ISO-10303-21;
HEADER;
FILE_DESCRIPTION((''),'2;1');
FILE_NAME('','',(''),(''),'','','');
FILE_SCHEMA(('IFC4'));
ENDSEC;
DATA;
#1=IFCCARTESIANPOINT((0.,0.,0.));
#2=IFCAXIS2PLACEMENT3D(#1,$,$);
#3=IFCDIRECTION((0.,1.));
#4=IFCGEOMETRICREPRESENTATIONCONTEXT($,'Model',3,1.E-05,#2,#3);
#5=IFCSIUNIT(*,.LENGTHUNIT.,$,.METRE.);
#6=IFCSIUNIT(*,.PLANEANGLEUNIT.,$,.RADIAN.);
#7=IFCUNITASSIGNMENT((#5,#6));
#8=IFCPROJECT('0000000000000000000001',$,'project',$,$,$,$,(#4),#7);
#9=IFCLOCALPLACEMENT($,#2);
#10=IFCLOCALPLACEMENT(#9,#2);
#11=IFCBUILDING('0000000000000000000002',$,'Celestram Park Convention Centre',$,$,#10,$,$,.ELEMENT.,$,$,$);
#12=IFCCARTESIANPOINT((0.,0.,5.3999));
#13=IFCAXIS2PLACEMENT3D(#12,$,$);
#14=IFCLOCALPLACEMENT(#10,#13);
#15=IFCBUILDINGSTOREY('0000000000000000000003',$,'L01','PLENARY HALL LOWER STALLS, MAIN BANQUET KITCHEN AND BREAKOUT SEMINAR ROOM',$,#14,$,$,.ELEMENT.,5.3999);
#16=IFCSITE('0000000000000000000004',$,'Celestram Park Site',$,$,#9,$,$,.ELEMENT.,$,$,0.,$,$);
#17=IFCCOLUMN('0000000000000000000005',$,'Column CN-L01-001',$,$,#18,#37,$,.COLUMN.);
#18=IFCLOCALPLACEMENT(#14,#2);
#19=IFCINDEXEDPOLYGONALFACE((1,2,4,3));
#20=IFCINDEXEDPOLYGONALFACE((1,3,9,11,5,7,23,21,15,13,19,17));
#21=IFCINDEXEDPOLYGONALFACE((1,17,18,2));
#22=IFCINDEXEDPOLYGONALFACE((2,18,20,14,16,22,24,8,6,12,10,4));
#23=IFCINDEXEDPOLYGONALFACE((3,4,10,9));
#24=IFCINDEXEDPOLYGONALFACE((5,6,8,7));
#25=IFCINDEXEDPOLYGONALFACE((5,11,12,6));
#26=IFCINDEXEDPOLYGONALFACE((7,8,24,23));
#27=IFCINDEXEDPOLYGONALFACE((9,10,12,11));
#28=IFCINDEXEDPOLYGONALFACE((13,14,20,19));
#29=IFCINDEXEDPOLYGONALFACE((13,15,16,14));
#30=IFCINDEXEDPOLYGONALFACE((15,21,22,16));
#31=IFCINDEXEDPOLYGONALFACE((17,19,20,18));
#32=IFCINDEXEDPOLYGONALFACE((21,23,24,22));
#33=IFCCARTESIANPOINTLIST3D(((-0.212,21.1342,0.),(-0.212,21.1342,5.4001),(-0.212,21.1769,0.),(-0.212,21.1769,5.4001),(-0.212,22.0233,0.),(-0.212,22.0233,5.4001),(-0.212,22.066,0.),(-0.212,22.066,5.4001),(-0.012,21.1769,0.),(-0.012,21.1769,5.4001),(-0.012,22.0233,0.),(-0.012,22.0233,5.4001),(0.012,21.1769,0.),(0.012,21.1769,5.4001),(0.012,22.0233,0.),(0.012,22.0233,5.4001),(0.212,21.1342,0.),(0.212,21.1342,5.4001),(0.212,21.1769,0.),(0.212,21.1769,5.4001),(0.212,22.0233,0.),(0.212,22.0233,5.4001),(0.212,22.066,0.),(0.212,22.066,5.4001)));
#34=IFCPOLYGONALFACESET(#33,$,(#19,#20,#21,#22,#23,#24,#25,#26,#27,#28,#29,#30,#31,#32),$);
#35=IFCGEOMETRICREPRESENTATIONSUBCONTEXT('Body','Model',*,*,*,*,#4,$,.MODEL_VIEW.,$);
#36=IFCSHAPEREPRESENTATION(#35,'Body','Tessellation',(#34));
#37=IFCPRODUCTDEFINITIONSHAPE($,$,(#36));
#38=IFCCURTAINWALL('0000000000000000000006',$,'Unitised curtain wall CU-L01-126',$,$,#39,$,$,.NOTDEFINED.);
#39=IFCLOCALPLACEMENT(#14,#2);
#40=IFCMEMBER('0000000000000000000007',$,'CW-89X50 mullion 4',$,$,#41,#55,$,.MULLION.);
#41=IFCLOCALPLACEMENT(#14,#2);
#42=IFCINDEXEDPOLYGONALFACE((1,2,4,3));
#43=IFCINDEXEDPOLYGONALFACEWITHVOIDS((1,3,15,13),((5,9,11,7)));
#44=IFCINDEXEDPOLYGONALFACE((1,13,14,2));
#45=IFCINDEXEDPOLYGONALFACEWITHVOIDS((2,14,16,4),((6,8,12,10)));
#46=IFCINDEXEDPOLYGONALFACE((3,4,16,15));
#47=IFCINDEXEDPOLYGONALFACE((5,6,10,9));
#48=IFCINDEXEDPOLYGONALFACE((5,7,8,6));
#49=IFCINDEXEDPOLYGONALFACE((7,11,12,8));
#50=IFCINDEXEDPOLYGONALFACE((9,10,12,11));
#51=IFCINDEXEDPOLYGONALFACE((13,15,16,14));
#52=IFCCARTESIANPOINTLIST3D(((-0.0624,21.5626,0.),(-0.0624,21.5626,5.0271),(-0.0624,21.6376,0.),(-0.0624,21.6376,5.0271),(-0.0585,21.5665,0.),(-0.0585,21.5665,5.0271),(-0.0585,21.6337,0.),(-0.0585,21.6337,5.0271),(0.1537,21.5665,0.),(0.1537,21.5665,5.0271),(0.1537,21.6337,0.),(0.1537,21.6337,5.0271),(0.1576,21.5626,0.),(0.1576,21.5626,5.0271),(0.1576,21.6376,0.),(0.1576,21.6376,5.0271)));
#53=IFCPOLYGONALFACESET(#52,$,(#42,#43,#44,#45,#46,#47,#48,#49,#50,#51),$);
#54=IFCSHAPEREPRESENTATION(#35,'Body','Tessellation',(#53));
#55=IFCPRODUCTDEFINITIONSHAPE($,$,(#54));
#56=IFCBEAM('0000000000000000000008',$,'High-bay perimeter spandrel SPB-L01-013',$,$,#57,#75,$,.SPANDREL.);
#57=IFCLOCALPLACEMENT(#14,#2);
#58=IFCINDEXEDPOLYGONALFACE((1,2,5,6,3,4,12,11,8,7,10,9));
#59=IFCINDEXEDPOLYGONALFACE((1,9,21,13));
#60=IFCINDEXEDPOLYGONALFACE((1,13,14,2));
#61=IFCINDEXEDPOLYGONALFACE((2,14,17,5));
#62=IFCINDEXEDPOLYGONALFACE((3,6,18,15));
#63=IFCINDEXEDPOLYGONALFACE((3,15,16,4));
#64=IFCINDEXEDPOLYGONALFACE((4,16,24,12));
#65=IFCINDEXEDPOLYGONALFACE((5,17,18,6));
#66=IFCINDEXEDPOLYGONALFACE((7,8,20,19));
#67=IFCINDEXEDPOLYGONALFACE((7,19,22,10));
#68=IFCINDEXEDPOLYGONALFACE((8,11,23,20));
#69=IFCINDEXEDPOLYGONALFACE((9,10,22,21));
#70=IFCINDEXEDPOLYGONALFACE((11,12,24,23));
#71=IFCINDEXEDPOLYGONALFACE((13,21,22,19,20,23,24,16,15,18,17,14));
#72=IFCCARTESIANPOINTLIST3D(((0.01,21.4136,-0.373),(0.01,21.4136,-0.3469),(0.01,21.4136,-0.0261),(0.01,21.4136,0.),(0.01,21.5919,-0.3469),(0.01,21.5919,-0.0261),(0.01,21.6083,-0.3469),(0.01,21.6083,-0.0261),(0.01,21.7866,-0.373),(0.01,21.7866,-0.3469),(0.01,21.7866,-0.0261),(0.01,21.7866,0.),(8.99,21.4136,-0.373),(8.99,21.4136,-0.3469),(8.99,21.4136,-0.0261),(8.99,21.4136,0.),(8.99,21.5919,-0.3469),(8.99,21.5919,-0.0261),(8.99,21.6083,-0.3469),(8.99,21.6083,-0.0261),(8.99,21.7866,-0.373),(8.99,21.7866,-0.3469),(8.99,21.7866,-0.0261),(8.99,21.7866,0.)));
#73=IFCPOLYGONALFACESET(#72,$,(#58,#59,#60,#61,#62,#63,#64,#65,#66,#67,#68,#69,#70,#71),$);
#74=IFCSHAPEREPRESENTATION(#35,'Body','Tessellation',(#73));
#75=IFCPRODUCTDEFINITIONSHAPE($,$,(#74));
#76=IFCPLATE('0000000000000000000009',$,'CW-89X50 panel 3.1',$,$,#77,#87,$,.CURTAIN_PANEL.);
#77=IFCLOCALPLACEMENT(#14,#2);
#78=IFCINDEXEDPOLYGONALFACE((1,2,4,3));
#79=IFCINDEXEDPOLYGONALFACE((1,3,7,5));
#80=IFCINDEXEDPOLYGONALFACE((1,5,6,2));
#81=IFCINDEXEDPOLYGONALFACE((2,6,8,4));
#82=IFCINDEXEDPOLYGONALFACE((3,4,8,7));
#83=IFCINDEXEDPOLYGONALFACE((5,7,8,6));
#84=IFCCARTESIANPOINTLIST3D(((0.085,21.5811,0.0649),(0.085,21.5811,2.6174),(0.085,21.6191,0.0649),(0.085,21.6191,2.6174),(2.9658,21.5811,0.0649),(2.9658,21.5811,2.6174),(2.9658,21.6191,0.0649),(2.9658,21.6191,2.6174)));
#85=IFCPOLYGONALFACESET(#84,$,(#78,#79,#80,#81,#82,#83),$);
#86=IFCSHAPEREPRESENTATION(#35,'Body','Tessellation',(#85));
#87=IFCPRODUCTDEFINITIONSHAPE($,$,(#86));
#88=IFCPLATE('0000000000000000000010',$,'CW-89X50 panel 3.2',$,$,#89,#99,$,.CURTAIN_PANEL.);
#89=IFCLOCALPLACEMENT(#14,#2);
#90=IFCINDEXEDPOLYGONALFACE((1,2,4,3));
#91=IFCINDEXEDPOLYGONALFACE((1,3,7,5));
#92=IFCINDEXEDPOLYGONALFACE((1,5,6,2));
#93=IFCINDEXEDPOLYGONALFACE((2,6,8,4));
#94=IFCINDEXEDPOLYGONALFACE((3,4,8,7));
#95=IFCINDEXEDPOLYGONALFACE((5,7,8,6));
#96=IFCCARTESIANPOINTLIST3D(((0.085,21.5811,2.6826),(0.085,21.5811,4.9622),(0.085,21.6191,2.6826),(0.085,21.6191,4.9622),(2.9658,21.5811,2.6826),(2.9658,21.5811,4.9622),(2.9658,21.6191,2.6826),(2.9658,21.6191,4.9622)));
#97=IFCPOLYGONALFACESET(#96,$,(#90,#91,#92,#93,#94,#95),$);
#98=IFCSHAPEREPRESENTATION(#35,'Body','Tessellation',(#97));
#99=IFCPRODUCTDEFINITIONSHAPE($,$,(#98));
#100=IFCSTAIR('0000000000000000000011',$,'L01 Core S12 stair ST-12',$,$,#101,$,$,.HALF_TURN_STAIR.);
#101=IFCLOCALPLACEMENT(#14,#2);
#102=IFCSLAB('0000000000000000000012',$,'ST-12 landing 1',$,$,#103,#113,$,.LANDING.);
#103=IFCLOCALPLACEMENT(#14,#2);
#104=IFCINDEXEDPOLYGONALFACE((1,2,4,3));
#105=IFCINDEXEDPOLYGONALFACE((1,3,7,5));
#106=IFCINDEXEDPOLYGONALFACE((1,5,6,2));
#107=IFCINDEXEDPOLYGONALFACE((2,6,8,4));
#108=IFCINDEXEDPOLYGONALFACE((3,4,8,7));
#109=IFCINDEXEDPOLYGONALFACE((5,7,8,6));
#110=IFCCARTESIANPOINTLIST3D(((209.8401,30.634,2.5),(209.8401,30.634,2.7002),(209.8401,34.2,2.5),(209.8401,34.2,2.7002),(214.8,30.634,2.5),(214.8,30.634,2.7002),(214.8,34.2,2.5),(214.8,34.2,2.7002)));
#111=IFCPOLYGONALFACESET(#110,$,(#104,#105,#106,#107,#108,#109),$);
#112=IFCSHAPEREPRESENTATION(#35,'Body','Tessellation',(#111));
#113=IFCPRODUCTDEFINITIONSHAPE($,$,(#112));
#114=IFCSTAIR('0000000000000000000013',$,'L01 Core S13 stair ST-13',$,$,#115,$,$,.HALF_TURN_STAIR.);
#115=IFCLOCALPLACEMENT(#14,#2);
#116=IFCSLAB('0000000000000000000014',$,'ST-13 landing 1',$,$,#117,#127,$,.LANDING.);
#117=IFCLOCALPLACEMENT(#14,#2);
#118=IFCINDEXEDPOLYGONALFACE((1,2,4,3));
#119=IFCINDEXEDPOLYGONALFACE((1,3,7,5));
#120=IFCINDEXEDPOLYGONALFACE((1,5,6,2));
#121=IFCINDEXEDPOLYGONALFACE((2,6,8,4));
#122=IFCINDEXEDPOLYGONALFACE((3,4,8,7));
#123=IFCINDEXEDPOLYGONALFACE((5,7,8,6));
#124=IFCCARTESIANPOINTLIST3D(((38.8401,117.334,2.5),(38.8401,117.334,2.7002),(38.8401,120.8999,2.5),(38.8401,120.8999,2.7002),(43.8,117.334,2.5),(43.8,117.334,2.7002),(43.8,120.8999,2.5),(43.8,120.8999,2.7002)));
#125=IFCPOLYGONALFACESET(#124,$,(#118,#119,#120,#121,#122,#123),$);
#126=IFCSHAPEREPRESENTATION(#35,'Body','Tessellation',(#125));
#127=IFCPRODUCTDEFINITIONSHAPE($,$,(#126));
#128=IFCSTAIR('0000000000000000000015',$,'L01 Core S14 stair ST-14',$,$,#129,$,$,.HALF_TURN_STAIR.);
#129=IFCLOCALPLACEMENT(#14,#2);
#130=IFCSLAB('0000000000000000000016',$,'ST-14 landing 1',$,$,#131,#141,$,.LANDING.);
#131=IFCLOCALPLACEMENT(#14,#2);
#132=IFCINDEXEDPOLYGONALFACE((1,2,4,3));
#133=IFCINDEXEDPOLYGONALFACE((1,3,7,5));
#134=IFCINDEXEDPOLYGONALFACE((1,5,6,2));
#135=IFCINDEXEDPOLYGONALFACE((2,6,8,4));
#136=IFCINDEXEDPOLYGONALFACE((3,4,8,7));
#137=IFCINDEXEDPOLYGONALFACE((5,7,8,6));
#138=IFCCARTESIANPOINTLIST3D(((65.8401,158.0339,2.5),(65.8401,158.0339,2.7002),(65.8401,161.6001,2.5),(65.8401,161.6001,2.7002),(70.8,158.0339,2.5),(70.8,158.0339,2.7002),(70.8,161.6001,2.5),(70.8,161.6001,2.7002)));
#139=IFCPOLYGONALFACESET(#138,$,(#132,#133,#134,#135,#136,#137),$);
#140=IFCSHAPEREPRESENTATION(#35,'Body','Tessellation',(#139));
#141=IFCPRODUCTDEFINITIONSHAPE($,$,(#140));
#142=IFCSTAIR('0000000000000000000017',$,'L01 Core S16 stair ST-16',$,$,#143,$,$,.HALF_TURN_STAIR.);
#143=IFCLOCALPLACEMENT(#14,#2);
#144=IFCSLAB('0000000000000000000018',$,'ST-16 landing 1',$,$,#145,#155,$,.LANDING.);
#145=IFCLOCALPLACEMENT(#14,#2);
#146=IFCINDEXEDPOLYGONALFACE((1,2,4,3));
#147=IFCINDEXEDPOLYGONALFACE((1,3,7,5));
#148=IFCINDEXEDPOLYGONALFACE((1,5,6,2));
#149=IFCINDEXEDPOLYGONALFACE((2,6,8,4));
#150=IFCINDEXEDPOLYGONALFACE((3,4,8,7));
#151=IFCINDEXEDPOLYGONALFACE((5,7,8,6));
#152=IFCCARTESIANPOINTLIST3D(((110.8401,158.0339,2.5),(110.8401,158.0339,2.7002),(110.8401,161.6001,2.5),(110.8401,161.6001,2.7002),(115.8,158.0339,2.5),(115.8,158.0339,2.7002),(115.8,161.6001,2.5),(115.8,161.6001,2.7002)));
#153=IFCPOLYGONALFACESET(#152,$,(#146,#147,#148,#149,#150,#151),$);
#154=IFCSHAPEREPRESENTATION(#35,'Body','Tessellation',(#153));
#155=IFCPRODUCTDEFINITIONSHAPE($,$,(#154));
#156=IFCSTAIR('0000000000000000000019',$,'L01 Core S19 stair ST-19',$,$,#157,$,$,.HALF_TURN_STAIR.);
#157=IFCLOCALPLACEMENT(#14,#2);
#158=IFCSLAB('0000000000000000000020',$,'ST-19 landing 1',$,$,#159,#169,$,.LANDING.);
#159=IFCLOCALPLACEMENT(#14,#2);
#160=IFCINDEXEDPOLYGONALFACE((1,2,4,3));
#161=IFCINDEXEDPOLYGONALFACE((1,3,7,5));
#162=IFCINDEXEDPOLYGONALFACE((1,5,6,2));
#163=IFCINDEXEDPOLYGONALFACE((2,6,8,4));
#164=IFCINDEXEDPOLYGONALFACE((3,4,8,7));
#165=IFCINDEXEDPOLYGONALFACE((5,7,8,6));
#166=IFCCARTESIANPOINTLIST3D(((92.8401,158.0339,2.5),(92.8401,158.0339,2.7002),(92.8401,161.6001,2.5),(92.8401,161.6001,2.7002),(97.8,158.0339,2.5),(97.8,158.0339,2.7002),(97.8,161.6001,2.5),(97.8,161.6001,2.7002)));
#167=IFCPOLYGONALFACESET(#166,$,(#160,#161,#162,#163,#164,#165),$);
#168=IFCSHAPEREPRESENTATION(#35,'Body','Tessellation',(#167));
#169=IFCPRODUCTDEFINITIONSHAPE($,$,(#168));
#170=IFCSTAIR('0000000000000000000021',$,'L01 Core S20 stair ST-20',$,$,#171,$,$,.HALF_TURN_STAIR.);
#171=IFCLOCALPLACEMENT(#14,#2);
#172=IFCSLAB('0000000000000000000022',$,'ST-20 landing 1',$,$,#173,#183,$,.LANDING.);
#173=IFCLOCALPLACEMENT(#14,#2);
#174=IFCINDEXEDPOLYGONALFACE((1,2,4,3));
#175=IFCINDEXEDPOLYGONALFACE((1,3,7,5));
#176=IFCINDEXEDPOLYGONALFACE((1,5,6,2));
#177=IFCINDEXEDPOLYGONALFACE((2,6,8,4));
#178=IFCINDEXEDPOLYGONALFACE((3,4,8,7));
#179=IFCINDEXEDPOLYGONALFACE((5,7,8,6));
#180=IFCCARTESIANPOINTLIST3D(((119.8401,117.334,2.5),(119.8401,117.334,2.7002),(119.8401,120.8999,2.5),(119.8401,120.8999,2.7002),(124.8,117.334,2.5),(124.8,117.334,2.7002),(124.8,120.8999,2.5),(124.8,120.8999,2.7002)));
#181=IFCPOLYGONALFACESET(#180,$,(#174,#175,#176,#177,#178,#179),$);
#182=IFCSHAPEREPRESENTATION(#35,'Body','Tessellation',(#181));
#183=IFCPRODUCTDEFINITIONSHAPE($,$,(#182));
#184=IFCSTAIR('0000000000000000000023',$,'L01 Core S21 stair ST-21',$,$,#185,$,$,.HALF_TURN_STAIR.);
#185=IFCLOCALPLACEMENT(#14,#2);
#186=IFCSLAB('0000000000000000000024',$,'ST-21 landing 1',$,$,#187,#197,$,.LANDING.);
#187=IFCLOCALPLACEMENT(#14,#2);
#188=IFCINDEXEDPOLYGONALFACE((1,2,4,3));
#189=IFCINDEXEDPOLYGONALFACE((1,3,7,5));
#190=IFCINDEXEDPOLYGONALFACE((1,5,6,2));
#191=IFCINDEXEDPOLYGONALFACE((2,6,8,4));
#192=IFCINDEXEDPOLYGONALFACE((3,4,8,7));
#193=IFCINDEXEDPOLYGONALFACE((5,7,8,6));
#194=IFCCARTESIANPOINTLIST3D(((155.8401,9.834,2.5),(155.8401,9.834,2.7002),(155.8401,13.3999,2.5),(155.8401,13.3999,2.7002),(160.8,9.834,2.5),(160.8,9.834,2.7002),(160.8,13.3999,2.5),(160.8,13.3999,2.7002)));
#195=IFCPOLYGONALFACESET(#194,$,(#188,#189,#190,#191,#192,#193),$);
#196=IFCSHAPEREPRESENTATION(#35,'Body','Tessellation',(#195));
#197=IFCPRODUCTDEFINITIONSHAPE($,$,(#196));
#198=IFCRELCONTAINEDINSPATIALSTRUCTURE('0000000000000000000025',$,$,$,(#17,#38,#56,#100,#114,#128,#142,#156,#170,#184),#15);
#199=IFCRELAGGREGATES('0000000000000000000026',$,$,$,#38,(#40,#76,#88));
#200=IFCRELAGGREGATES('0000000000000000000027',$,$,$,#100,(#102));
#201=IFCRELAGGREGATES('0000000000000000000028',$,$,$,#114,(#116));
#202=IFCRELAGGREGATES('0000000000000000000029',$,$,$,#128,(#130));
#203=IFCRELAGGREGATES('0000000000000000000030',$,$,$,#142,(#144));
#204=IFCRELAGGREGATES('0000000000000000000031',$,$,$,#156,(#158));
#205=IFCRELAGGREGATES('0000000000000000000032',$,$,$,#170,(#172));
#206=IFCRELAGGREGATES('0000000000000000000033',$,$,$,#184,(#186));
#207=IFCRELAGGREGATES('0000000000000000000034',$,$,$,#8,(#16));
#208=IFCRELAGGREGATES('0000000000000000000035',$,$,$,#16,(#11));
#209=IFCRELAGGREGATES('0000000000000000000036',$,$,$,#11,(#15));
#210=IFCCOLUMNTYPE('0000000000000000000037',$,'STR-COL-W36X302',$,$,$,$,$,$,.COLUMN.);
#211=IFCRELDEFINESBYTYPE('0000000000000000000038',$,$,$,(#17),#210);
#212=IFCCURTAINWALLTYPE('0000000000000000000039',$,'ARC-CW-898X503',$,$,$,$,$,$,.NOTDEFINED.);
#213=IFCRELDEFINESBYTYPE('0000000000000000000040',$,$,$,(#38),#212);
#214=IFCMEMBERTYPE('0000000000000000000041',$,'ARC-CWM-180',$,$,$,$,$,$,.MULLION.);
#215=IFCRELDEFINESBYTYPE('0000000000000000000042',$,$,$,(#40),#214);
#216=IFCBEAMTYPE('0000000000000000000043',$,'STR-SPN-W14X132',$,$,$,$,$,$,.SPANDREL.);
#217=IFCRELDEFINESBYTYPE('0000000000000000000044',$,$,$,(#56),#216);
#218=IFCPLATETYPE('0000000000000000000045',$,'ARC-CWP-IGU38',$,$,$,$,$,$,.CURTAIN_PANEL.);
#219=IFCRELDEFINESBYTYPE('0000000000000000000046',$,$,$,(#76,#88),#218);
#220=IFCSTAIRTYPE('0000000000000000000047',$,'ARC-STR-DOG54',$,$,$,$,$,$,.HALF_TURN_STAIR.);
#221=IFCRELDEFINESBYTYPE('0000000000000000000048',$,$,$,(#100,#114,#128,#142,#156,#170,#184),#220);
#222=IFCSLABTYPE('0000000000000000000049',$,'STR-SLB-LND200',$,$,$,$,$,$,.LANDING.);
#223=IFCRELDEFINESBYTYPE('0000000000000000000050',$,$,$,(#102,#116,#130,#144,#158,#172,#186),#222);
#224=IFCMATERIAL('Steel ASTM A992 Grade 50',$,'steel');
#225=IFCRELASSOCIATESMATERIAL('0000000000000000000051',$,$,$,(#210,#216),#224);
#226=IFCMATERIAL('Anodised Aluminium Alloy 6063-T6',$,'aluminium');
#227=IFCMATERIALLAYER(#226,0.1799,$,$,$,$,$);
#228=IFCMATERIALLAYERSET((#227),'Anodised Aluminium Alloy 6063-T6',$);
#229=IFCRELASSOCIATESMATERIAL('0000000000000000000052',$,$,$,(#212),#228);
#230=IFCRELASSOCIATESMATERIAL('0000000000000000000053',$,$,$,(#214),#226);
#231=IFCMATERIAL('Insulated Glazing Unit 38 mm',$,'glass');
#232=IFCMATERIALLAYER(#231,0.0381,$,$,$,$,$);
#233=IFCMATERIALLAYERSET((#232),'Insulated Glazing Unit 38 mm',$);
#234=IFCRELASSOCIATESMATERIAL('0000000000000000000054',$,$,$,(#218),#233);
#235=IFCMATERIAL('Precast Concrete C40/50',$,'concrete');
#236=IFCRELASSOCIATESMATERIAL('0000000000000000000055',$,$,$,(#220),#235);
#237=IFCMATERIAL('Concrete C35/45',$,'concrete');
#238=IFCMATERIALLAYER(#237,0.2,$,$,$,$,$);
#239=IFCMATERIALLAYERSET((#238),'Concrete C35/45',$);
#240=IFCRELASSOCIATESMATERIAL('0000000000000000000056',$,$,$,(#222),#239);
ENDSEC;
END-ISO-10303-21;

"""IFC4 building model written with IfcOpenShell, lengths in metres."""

from ifc_helpers import new_model, si_unit, direction, frame, origin, origin_2d, place, context, subcontext, project, spatial, polyline, rectangle, hollow_rectangle, i_section, outline, extrude, material, layer, layer_set, material_profile, profile_set, type_object, element, aggregate, save


model = new_model("IFC4")

# Units and contexts
model_context = context("Model", 3, precision=1e-05, world=origin(), true_north=direction((0.0, 1.0)))
body_context = subcontext(model_context, "Body", "Model", "MODEL_VIEW")
ifc_project = project(units=[si_unit("LENGTHUNIT", "METRE"), si_unit("PLANEANGLEUNIT", "RADIAN")], contexts=[model_context])

# Site, building, storey
site_placement = place(None, origin())
site = spatial("IfcSite", under=ifc_project, at=site_placement, Name="Celestram Park Site", CompositionType="ELEMENT", RefElevation=0.0)
building_placement = place(site_placement, origin())
building = spatial("IfcBuilding", under=site, at=building_placement, Name="Celestram Park Convention Centre", CompositionType="ELEMENT")
storey_placement = place(building_placement, frame((0.0, 0.0, 5.3999)))
storey = spatial("IfcBuildingStorey", under=building, at=storey_placement, Name="L01", Description="PLENARY HALL LOWER STALLS, MAIN BANQUET KITCHEN AND BREAKOUT SEMINAR ROOM", CompositionType="ELEMENT", Elevation=5.3999)

# Column
ifc_material_1 = material(Name="Steel ASTM A992 Grade 50", Category="steel")
ifc_material_profile_1 = material_profile(ifc_material_1, i_section(OverallWidth=0.4241, OverallDepth=0.9319, WebThickness=0.0239, FlangeThickness=0.0427, at=origin_2d()), Name="W36X302")
ifc_profile_set_1 = profile_set([ifc_material_profile_1], Name="Steel ASTM A992 Grade 50")
column_type = type_object("IfcColumnType", Name="STR-COL-W36X302", PredefinedType="COLUMN", material=ifc_profile_set_1)
column_placement = place(storey_placement, frame((0.0, 21.6001, 0.0), z_axis=(0.0, 0.0, 1.0), x_axis=(1.0, 0.0, 0.0)))
element("IfcColumn", 1, at=column_placement, inside=storey, type_object=column_type, Name="Column CN-L01-001", PredefinedType="COLUMN", context=body_context, shape_type="SweptSolid", body=[
    extrude(i_section(OverallWidth=0.4241, OverallDepth=0.9319, WebThickness=0.0239, FlangeThickness=0.0427, at=origin_2d()), origin(), (0.0, 0.0, 1.0), 5.4001),
])

# Curtain wall, member
ifc_material_2 = material(Name="Anodised Aluminium Alloy 6063-T6", Category="aluminium")
ifc_layer_1 = layer(ifc_material_2, 0.1799)
ifc_layer_set_1 = layer_set([ifc_layer_1], Name="Anodised Aluminium Alloy 6063-T6")
curtain_wall_type = type_object("IfcCurtainWallType", Name="ARC-CW-898X503", PredefinedType="NOTDEFINED", material=ifc_layer_set_1)
curtain_wall_placement = place(storey_placement, origin())
curtain_wall = element("IfcCurtainWall", 2, at=curtain_wall_placement, inside=storey, type_object=curtain_wall_type, Name="Unitised curtain wall CU-L01-126", PredefinedType="NOTDEFINED")
ifc_material_profile_2 = material_profile(ifc_material_2, hollow_rectangle(XDim=0.075, YDim=0.22, WallThickness=0.0039, at=origin_2d()), Name="ALU75X220X4")
ifc_profile_set_2 = profile_set([ifc_material_profile_2], Name="Anodised Aluminium Alloy 6063-T6")
member_type = type_object("IfcMemberType", Name="ARC-CWM-180", PredefinedType="MULLION", material=ifc_profile_set_2)
member_placement = place(storey_placement, frame((0.0476, 21.6001, 0.0), z_axis=(0.0, 0.0, 1.0), x_axis=(0.0, -1.0, 0.0)))
member = element("IfcMember", 3, at=member_placement, type_object=member_type, Name="CW-89X50 mullion 4", PredefinedType="MULLION", context=body_context, shape_type="SweptSolid", body=[
    extrude(hollow_rectangle(XDim=0.075, YDim=0.22, WallThickness=0.0039, at=origin_2d()), origin(), (0.0, 0.0, 1.0), 5.0271),
])

# Beam
ifc_material_profile_3 = material_profile(ifc_material_1, i_section(OverallWidth=0.373, OverallDepth=0.373, WebThickness=0.0164, FlangeThickness=0.0261, at=origin_2d()), Name="W14X132")
ifc_profile_set_3 = profile_set([ifc_material_profile_3], Name="Steel ASTM A992 Grade 50")
beam_type = type_object("IfcBeamType", Name="STR-SPN-W14X132", PredefinedType="SPANDREL", material=ifc_profile_set_3)
beam_placement = place(storey_placement, frame((0.01, 21.6001, -0.1865), z_axis=(1.0, 0.0, 0.0), x_axis=(0.0, 1.0, 0.0)))
element("IfcBeam", 4, at=beam_placement, inside=storey, type_object=beam_type, Name="High-bay perimeter spandrel SPB-L01-013", PredefinedType="SPANDREL", context=body_context, shape_type="SweptSolid", body=[
    extrude(i_section(OverallWidth=0.373, OverallDepth=0.373, WebThickness=0.0164, FlangeThickness=0.0261, at=origin_2d()), origin(), (0.0, 0.0, 1.0), 8.98),
])

# Plates
ifc_material_3 = material(Name="Insulated Glazing Unit 38 mm", Category="glass")
ifc_layer_2 = layer(ifc_material_3, 0.0381)
ifc_layer_set_2 = layer_set([ifc_layer_2], Name="Insulated Glazing Unit 38 mm")
plate_type = type_object("IfcPlateType", Name="ARC-CWP-IGU38", PredefinedType="CURTAIN_PANEL", material=ifc_layer_set_2)
plate_1_placement = place(storey_placement, frame((1.5254, 21.6001, 0.0649), z_axis=(0.0, 0.0, 1.0), x_axis=(-1.0, 0.0, 0.0)))
plate_1 = element("IfcPlate", 5, at=plate_1_placement, type_object=plate_type, Name="CW-89X50 panel 3.1", PredefinedType="CURTAIN_PANEL", context=body_context, shape_type="SweptSolid", body=[
    extrude(rectangle(XDim=2.8809, YDim=0.0381, at=origin_2d()), origin(), (0.0, 0.0, 1.0), 2.5525),
])
plate_2_placement = place(storey_placement, frame((1.5254, 21.6001, 2.6826), z_axis=(0.0, 0.0, 1.0), x_axis=(-1.0, 0.0, 0.0)))
plate_2 = element("IfcPlate", 6, at=plate_2_placement, type_object=plate_type, Name="CW-89X50 panel 3.2", PredefinedType="CURTAIN_PANEL", context=body_context, shape_type="SweptSolid", body=[
    extrude(rectangle(XDim=2.8809, YDim=0.0381, at=origin_2d()), origin(), (0.0, 0.0, 1.0), 2.2795),
])
aggregate(curtain_wall, [member, plate_1, plate_2])

# Stairs, slabs
ifc_material_4 = material(Name="Precast Concrete C40/50", Category="concrete")
stair_type = type_object("IfcStairType", Name="ARC-STR-DOG54", PredefinedType="HALF_TURN_STAIR", material=ifc_material_4)
stair_1_placement = place(storey_placement, origin())
stair_1 = element("IfcStair", 7, at=stair_1_placement, inside=storey, type_object=stair_type, Name="L01 Core S12 stair ST-12", PredefinedType="HALF_TURN_STAIR")
ifc_material_5 = material(Name="Concrete C35/45", Category="concrete")
ifc_layer_3 = layer(ifc_material_5, 0.2)
ifc_layer_set_3 = layer_set([ifc_layer_3], Name="Concrete C35/45")
slab_type = type_object("IfcSlabType", Name="STR-SLB-LND200", PredefinedType="LANDING", material=ifc_layer_set_3)
slab_1_placement = place(storey_placement, frame((0.0, 0.0, 2.5)))
slab_1 = element("IfcSlab", 8, at=slab_1_placement, type_object=slab_type, Name="ST-12 landing 1", PredefinedType="LANDING", context=body_context, shape_type="SweptSolid", body=[
    extrude(outline(polyline([(214.8, 30.634), (214.8, 34.2), (209.8401, 34.2), (209.8401, 30.634), (214.8, 30.634)])), origin(), (0.0, 0.0, 1.0), 0.2002),
])
aggregate(stair_1, [slab_1])
stair_2_placement = place(storey_placement, origin())
stair_2 = element("IfcStair", 9, at=stair_2_placement, inside=storey, type_object=stair_type, Name="L01 Core S13 stair ST-13", PredefinedType="HALF_TURN_STAIR")
slab_2_placement = place(storey_placement, frame((0.0, 0.0, 2.5)))
slab_2 = element("IfcSlab", 10, at=slab_2_placement, type_object=slab_type, Name="ST-13 landing 1", PredefinedType="LANDING", context=body_context, shape_type="SweptSolid", body=[
    extrude(outline(polyline([(43.8, 117.334), (43.8, 120.8999), (38.8401, 120.8999), (38.8401, 117.334), (43.8, 117.334)])), origin(), (0.0, 0.0, 1.0), 0.2002),
])
aggregate(stair_2, [slab_2])
stair_3_placement = place(storey_placement, origin())
stair_3 = element("IfcStair", 11, at=stair_3_placement, inside=storey, type_object=stair_type, Name="L01 Core S14 stair ST-14", PredefinedType="HALF_TURN_STAIR")
slab_3_placement = place(storey_placement, frame((0.0, 0.0, 2.5)))
slab_3 = element("IfcSlab", 12, at=slab_3_placement, type_object=slab_type, Name="ST-14 landing 1", PredefinedType="LANDING", context=body_context, shape_type="SweptSolid", body=[
    extrude(outline(polyline([(70.8, 158.0339), (70.8, 161.6001), (65.8401, 161.6001), (65.8401, 158.0339), (70.8, 158.0339)])), origin(), (0.0, 0.0, 1.0), 0.2002),
])
aggregate(stair_3, [slab_3])
stair_4_placement = place(storey_placement, origin())
stair_4 = element("IfcStair", 13, at=stair_4_placement, inside=storey, type_object=stair_type, Name="L01 Core S16 stair ST-16", PredefinedType="HALF_TURN_STAIR")
slab_4_placement = place(storey_placement, frame((0.0, 0.0, 2.5)))
slab_4 = element("IfcSlab", 14, at=slab_4_placement, type_object=slab_type, Name="ST-16 landing 1", PredefinedType="LANDING", context=body_context, shape_type="SweptSolid", body=[
    extrude(outline(polyline([(115.8, 158.0339), (115.8, 161.6001), (110.8401, 161.6001), (110.8401, 158.0339), (115.8, 158.0339)])), origin(), (0.0, 0.0, 1.0), 0.2002),
])
aggregate(stair_4, [slab_4])
stair_5_placement = place(storey_placement, origin())
stair_5 = element("IfcStair", 15, at=stair_5_placement, inside=storey, type_object=stair_type, Name="L01 Core S19 stair ST-19", PredefinedType="HALF_TURN_STAIR")
slab_5_placement = place(storey_placement, frame((0.0, 0.0, 2.5)))
slab_5 = element("IfcSlab", 16, at=slab_5_placement, type_object=slab_type, Name="ST-19 landing 1", PredefinedType="LANDING", context=body_context, shape_type="SweptSolid", body=[
    extrude(outline(polyline([(97.8, 158.0339), (97.8, 161.6001), (92.8401, 161.6001), (92.8401, 158.0339), (97.8, 158.0339)])), origin(), (0.0, 0.0, 1.0), 0.2002),
])
aggregate(stair_5, [slab_5])
stair_6_placement = place(storey_placement, origin())
stair_6 = element("IfcStair", 17, at=stair_6_placement, inside=storey, type_object=stair_type, Name="L01 Core S20 stair ST-20", PredefinedType="HALF_TURN_STAIR")
slab_6_placement = place(storey_placement, frame((0.0, 0.0, 2.5)))
slab_6 = element("IfcSlab", 18, at=slab_6_placement, type_object=slab_type, Name="ST-20 landing 1", PredefinedType="LANDING", context=body_context, shape_type="SweptSolid", body=[
    extrude(outline(polyline([(124.8, 117.334), (124.8, 120.8999), (119.8401, 120.8999), (119.8401, 117.334), (124.8, 117.334)])), origin(), (0.0, 0.0, 1.0), 0.2002),
])
aggregate(stair_6, [slab_6])
stair_7_placement = place(storey_placement, origin())
stair_7 = element("IfcStair", 19, at=stair_7_placement, inside=storey, type_object=stair_type, Name="L01 Core S21 stair ST-21", PredefinedType="HALF_TURN_STAIR")
slab_7_placement = place(storey_placement, frame((0.0, 0.0, 2.5)))
slab_7 = element("IfcSlab", 20, at=slab_7_placement, type_object=slab_type, Name="ST-21 landing 1", PredefinedType="LANDING", context=body_context, shape_type="SweptSolid", body=[
    extrude(outline(polyline([(160.8, 9.834), (160.8, 13.3999), (155.8401, 13.3999), (155.8401, 9.834), (160.8, 9.834)])), origin(), (0.0, 0.0, 1.0), 0.2002),
])
aggregate(stair_7, [slab_7])

save(model, "model.ifc")
